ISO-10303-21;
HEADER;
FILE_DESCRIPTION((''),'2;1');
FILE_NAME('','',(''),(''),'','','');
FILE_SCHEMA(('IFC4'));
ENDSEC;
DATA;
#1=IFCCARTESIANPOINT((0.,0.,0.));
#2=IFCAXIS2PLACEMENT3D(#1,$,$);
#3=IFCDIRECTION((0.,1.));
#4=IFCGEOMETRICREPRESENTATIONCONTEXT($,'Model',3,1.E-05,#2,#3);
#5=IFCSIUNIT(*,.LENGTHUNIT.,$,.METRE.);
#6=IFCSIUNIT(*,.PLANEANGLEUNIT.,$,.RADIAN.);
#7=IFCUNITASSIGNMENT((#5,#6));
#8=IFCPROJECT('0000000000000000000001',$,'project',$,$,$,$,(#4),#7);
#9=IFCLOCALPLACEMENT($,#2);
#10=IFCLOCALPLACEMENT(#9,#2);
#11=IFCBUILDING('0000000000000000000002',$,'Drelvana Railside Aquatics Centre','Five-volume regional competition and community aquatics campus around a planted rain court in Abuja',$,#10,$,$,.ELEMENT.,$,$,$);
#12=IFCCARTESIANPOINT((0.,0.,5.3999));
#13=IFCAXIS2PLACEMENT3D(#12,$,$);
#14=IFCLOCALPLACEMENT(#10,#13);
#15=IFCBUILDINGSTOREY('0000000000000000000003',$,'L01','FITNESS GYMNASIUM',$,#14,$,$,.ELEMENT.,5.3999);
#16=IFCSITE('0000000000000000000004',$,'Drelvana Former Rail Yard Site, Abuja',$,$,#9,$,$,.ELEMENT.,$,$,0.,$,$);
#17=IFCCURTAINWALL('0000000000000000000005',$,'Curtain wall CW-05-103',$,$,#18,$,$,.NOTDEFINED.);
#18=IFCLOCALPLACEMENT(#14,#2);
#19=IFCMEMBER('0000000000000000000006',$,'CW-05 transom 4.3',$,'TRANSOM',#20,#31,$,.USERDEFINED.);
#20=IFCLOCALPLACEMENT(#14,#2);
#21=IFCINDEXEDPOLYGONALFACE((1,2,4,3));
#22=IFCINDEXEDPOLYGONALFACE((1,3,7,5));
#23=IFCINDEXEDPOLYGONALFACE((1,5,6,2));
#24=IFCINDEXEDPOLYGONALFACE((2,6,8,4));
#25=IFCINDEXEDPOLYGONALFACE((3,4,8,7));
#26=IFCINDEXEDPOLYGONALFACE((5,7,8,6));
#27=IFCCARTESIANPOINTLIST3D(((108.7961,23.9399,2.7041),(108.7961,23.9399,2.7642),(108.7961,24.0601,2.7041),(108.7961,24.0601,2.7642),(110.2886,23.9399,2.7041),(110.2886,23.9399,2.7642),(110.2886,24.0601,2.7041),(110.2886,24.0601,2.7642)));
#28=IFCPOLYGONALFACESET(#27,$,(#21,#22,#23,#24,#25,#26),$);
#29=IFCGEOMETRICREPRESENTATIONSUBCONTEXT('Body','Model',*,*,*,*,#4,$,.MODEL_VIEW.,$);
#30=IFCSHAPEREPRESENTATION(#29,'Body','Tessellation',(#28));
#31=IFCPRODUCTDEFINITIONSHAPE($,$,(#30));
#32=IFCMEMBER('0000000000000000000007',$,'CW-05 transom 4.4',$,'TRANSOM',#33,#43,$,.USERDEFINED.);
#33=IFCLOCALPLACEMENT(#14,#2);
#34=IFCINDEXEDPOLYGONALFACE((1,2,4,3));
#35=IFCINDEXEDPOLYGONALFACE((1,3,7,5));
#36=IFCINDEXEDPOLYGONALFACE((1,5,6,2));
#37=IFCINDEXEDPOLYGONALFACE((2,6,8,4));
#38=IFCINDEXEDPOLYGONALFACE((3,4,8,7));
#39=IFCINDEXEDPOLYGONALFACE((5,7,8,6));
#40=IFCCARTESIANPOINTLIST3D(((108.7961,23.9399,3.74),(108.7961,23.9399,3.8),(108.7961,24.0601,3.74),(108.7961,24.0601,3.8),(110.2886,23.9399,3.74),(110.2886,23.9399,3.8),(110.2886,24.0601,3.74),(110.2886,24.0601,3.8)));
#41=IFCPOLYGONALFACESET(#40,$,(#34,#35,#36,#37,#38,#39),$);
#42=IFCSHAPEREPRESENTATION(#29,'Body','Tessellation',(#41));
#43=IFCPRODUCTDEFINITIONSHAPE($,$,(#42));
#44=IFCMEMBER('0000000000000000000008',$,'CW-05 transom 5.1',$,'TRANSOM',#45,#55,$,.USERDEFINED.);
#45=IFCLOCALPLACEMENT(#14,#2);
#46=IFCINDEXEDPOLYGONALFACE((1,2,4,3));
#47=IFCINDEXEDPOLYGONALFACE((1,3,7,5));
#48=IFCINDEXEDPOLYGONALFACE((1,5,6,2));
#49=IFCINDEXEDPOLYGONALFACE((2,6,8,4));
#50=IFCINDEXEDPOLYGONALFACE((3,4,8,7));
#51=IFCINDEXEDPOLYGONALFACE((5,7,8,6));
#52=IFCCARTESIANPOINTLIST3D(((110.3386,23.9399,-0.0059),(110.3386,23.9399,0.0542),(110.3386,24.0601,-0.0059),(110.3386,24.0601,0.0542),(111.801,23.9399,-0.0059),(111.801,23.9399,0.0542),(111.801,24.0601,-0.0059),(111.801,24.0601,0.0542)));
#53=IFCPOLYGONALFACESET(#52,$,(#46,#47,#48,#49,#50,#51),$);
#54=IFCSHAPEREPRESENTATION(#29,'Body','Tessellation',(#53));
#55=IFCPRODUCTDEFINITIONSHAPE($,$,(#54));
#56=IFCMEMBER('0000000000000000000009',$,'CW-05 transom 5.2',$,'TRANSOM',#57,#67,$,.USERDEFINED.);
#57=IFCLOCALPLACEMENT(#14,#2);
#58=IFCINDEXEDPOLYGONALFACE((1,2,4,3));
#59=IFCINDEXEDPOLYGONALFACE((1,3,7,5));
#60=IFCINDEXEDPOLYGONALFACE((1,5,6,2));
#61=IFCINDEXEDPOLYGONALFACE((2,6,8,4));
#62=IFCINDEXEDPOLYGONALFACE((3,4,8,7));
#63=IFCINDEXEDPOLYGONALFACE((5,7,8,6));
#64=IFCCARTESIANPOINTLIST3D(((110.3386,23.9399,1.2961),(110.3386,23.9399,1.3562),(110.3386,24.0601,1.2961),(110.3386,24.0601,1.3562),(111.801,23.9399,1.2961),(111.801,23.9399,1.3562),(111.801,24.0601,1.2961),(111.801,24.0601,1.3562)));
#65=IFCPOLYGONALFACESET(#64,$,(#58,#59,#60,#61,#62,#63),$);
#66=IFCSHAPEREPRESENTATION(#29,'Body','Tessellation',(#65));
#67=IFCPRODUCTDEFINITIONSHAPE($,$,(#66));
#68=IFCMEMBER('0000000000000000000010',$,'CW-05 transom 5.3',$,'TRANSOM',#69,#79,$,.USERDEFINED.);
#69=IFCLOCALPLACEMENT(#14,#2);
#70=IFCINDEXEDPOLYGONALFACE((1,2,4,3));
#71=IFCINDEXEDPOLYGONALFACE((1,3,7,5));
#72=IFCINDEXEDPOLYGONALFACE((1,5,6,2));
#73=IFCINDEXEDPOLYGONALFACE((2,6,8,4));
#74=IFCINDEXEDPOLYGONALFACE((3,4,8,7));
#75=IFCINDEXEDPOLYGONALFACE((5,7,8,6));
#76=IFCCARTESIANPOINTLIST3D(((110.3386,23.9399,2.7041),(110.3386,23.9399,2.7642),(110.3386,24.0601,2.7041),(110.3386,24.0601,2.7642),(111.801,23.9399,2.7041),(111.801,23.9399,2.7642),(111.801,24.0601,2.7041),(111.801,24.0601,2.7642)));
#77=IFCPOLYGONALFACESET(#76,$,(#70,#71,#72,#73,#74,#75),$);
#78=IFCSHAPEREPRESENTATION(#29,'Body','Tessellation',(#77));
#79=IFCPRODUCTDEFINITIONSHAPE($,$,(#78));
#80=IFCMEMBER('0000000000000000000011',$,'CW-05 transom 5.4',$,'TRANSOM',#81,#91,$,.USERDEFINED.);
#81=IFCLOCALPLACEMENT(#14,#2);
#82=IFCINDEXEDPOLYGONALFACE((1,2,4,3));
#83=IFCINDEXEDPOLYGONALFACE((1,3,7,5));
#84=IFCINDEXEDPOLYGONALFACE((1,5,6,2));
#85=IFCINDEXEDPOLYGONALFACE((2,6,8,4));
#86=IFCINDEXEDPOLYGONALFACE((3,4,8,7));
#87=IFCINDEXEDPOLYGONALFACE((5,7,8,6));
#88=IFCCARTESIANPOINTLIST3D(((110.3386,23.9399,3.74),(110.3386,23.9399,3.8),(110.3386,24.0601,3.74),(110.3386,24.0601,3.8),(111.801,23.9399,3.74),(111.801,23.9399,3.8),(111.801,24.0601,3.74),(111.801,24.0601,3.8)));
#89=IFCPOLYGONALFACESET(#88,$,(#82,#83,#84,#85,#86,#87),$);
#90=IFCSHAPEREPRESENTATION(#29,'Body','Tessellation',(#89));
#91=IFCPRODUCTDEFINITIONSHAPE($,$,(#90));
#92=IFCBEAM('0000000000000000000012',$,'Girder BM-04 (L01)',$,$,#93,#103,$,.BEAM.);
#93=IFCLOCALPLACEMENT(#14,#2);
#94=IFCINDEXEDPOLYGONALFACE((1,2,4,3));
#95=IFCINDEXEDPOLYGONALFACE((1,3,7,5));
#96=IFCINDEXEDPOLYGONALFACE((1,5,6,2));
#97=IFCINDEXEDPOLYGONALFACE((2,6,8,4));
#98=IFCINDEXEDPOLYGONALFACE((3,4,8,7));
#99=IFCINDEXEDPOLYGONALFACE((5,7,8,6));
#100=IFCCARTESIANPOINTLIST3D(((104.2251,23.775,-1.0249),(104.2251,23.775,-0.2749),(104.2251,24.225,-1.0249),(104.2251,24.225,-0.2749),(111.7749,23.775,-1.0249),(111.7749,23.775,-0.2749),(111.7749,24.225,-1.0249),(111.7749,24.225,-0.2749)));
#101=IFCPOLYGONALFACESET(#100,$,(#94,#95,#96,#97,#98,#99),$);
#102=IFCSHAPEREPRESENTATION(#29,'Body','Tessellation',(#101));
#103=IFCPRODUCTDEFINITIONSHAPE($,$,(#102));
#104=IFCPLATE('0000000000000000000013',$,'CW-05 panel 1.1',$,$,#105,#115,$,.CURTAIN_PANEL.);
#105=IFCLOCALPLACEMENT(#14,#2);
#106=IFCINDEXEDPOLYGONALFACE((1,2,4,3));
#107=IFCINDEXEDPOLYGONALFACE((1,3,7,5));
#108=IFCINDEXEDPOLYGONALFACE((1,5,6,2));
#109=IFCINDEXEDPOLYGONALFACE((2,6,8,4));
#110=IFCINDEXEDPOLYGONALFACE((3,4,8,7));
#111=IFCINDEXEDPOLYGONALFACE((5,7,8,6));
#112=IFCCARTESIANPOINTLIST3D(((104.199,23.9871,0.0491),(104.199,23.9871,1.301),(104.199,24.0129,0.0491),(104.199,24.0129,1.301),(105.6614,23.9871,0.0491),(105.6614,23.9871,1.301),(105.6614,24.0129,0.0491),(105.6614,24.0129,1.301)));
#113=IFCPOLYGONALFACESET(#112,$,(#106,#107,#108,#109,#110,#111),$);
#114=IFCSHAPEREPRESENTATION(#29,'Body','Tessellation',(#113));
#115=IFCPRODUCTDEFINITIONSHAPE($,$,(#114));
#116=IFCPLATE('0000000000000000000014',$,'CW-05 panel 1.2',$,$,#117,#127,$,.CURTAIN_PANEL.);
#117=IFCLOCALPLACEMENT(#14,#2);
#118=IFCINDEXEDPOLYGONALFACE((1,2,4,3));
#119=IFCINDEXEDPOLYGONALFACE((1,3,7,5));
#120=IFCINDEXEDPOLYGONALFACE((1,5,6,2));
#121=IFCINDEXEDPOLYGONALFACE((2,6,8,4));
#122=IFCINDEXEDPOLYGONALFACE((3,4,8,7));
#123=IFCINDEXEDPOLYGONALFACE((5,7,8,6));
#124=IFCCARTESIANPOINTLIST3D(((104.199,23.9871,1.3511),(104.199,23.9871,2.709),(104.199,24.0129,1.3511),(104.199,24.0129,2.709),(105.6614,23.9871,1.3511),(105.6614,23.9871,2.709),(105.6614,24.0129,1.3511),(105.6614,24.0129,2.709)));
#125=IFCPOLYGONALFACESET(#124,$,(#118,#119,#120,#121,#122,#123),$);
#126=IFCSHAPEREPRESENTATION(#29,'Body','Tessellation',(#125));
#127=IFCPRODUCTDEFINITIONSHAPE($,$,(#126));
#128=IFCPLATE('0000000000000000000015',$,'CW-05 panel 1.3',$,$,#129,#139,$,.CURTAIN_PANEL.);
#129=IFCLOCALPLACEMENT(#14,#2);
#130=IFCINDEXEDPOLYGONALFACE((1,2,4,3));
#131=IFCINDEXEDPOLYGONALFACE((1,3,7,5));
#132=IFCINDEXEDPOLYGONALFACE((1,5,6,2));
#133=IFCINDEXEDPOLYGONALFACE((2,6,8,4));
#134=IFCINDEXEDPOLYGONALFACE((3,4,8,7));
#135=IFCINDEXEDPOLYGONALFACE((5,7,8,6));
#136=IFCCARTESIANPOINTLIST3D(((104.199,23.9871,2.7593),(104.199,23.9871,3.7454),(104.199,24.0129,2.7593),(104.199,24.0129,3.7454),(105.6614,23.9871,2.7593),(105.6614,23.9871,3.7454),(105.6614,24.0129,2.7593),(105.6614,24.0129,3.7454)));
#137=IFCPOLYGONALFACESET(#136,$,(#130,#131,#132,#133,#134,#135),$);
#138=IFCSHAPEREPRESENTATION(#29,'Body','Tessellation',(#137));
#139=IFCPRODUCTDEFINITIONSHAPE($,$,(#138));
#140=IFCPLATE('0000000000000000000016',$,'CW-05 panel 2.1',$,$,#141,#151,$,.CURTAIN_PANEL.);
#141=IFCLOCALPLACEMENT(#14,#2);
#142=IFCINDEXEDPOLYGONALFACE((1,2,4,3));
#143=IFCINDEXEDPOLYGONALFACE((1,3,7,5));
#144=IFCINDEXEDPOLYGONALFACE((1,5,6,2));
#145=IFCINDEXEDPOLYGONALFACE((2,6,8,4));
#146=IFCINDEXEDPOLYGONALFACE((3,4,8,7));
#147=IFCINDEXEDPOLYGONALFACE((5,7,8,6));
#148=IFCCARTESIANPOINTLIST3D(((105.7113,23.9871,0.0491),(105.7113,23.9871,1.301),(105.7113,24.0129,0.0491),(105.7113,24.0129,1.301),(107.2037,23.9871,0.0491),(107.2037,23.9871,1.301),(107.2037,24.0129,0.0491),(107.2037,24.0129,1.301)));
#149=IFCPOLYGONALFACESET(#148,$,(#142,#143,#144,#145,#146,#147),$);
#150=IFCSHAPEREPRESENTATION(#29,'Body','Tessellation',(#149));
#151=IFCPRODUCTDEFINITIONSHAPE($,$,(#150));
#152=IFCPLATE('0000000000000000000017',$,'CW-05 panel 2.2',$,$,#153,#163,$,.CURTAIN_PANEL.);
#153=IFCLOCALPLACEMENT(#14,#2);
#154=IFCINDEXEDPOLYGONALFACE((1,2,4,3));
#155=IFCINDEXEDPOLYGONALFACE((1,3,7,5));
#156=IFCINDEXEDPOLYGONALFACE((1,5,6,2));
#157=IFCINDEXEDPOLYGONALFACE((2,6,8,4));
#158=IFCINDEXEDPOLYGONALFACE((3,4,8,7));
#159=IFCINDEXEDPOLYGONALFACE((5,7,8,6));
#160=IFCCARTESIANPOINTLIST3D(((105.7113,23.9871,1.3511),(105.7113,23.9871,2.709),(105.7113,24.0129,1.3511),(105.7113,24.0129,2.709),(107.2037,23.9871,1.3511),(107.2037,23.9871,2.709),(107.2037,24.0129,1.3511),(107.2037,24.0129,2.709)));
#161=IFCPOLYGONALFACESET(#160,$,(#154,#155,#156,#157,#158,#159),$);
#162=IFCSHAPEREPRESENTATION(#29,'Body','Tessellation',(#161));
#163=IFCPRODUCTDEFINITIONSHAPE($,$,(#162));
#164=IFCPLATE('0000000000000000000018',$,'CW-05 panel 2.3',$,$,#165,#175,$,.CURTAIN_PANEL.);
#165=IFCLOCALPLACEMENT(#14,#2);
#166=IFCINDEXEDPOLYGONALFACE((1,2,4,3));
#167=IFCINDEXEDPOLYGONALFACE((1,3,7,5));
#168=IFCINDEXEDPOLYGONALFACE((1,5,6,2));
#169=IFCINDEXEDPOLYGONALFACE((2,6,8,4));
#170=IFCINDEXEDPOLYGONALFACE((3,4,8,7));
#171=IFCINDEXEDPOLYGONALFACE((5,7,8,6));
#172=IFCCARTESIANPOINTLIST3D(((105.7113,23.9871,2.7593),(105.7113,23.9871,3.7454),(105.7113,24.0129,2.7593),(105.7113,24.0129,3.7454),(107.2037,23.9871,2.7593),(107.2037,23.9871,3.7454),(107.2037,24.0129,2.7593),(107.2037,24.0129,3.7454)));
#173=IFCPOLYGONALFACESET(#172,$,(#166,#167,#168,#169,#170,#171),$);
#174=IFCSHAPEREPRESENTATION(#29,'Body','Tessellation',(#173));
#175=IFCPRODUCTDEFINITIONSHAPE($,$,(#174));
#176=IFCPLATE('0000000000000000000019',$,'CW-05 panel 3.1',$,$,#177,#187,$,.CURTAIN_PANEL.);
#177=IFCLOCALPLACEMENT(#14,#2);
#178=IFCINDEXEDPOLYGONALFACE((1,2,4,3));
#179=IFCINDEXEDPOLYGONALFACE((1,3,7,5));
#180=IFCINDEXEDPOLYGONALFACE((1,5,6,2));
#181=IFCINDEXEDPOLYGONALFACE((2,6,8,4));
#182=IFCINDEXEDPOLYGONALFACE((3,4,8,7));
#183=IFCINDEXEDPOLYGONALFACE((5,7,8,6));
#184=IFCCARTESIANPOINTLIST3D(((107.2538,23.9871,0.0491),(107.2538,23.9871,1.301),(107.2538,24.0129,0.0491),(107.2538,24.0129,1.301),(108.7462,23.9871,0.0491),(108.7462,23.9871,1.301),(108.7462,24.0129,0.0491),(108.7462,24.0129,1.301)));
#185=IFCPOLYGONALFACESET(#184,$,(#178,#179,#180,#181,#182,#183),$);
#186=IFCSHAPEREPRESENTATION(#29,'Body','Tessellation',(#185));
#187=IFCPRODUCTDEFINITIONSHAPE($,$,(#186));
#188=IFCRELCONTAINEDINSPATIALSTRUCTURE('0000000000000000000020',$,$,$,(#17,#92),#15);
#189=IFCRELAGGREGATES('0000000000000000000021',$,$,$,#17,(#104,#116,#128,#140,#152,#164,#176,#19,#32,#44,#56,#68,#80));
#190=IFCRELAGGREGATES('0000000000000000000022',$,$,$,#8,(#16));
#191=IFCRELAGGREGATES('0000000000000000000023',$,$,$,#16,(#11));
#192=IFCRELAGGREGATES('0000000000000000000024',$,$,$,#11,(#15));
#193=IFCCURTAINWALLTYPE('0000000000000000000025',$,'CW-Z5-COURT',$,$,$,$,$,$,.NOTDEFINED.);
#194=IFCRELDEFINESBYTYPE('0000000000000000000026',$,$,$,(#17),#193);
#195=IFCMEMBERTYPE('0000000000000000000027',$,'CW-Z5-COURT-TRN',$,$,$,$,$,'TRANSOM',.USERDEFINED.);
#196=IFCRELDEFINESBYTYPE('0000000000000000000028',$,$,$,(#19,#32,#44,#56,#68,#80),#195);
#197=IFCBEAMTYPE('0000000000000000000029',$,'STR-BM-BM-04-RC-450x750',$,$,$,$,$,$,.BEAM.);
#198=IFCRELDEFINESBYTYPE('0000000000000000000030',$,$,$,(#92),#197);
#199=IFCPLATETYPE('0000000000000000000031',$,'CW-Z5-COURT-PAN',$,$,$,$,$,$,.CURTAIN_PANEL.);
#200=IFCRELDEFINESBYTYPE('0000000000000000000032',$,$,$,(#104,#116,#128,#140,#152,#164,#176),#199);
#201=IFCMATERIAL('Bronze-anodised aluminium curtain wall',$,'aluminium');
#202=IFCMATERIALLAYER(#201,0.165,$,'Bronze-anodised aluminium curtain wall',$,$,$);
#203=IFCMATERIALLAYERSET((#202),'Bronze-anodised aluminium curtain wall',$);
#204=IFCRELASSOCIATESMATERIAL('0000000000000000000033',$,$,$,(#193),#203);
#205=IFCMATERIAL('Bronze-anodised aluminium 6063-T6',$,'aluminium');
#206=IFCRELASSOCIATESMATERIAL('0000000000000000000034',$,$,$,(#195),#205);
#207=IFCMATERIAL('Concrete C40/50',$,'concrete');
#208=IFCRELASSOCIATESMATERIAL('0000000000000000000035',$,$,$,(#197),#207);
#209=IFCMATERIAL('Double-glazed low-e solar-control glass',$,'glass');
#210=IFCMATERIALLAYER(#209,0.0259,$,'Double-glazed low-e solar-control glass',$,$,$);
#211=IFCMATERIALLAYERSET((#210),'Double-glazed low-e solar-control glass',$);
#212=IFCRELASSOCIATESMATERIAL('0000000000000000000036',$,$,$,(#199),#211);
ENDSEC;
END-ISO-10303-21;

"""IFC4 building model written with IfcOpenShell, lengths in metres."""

from ifc_helpers import new_model, si_unit, direction, frame, origin, origin_2d, place, context, subcontext, project, spatial, rectangle, extrude, material, layer, layer_set, material_profile, profile_set, type_object, element, aggregate, save


model = new_model("IFC4")

# Units and contexts
model_context = context("Model", 3, precision=1e-05, world=origin(), true_north=direction((0.0, 1.0)))
body_context = subcontext(model_context, "Body", "Model", "MODEL_VIEW")
ifc_project = project(units=[si_unit("LENGTHUNIT", "METRE"), si_unit("PLANEANGLEUNIT", "RADIAN")], contexts=[model_context])

# Site, building, storey
site_placement = place(None, origin())
site = spatial("IfcSite", under=ifc_project, at=site_placement, Name="Drelvana Former Rail Yard Site, Abuja", CompositionType="ELEMENT", RefElevation=0.0)
building_placement = place(site_placement, origin())
building = spatial("IfcBuilding", under=site, at=building_placement, Name="Drelvana Railside Aquatics Centre", Description="Five-volume regional competition and community aquatics campus around a planted rain court in Abuja", CompositionType="ELEMENT")
storey_placement = place(building_placement, frame((0.0, 0.0, 5.3999)))
storey = spatial("IfcBuildingStorey", under=building, at=storey_placement, Name="L01", Description="FITNESS GYMNASIUM", CompositionType="ELEMENT", Elevation=5.3999)

# Curtain wall, members
ifc_material_1 = material(Name="Bronze-anodised aluminium curtain wall", Category="aluminium")
ifc_layer_1 = layer(ifc_material_1, 0.165, Name="Bronze-anodised aluminium curtain wall")
ifc_layer_set_1 = layer_set([ifc_layer_1], Name="Bronze-anodised aluminium curtain wall")
curtain_wall_type = type_object("IfcCurtainWallType", Name="CW-Z5-COURT", PredefinedType="NOTDEFINED", material=ifc_layer_set_1)
curtain_wall_placement = place(storey_placement, origin())
curtain_wall = element("IfcCurtainWall", 1, at=curtain_wall_placement, inside=storey, type_object=curtain_wall_type, Name="Curtain wall CW-05-103", PredefinedType="NOTDEFINED")
ifc_material_2 = material(Name="Bronze-anodised aluminium 6063-T6", Category="aluminium")
ifc_material_profile_1 = material_profile(ifc_material_2, rectangle(XDim=0.1201, YDim=0.0601, at=origin_2d()), Name="ALU-T 60x120")
ifc_profile_set_1 = profile_set([ifc_material_profile_1], Name="Bronze-anodised aluminium 6063-T6")
member_type_1 = type_object("IfcMemberType", Name="CW-Z5-COURT-TRN", ElementType="TRANSOM", PredefinedType="USERDEFINED", material=ifc_profile_set_1)
member_1_placement = place(storey_placement, frame((108.7961, 24.0, 2.7341), z_axis=(1.0, 0.0, 0.0), x_axis=(0.0, 1.0, 0.0)))
member_1 = element("IfcMember", 2, at=member_1_placement, type_object=member_type_1, Name="CW-05 transom 4.3", ObjectType="TRANSOM", PredefinedType="USERDEFINED", context=body_context, shape_type="SweptSolid", body=[
    extrude(rectangle(XDim=0.1201, YDim=0.0601, at=origin_2d()), origin(), (0.0, 0.0, 1.0), 1.4924),
])
member_2_placement = place(storey_placement, frame((108.7961, 24.0, 3.77), z_axis=(1.0, 0.0, 0.0), x_axis=(0.0, 1.0, 0.0)))
member_2 = element("IfcMember", 3, at=member_2_placement, type_object=member_type_1, Name="CW-05 transom 4.4", ObjectType="TRANSOM", PredefinedType="USERDEFINED", context=body_context, shape_type="SweptSolid", body=[
    extrude(rectangle(XDim=0.1201, YDim=0.0601, at=origin_2d()), origin(), (0.0, 0.0, 1.0), 1.4924),
])
member_3_placement = place(storey_placement, frame((110.3386, 24.0, 0.0242), z_axis=(1.0, 0.0, 0.0), x_axis=(0.0, 1.0, 0.0)))
member_3 = element("IfcMember", 4, at=member_3_placement, type_object=member_type_1, Name="CW-05 transom 5.1", ObjectType="TRANSOM", PredefinedType="USERDEFINED", context=body_context, shape_type="SweptSolid", body=[
    extrude(rectangle(XDim=0.1201, YDim=0.0601, at=origin_2d()), origin(), (0.0, 0.0, 1.0), 1.4624),
])
member_4_placement = place(storey_placement, frame((110.3386, 24.0, 1.3262), z_axis=(1.0, 0.0, 0.0), x_axis=(0.0, 1.0, 0.0)))
member_4 = element("IfcMember", 5, at=member_4_placement, type_object=member_type_1, Name="CW-05 transom 5.2", ObjectType="TRANSOM", PredefinedType="USERDEFINED", context=body_context, shape_type="SweptSolid", body=[
    extrude(rectangle(XDim=0.1201, YDim=0.0601, at=origin_2d()), origin(), (0.0, 0.0, 1.0), 1.4624),
])
member_5_placement = place(storey_placement, frame((110.3386, 24.0, 2.7341), z_axis=(1.0, 0.0, 0.0), x_axis=(0.0, 1.0, 0.0)))
member_5 = element("IfcMember", 6, at=member_5_placement, type_object=member_type_1, Name="CW-05 transom 5.3", ObjectType="TRANSOM", PredefinedType="USERDEFINED", context=body_context, shape_type="SweptSolid", body=[
    extrude(rectangle(XDim=0.1201, YDim=0.0601, at=origin_2d()), origin(), (0.0, 0.0, 1.0), 1.4624),
])
member_6_placement = place(storey_placement, frame((110.3386, 24.0, 3.77), z_axis=(1.0, 0.0, 0.0), x_axis=(0.0, 1.0, 0.0)))
member_6 = element("IfcMember", 7, at=member_6_placement, type_object=member_type_1, Name="CW-05 transom 5.4", ObjectType="TRANSOM", PredefinedType="USERDEFINED", context=body_context, shape_type="SweptSolid", body=[
    extrude(rectangle(XDim=0.1201, YDim=0.0601, at=origin_2d()), origin(), (0.0, 0.0, 1.0), 1.4624),
])

# Beam
ifc_material_3 = material(Name="Concrete C40/50", Category="concrete")
ifc_material_profile_2 = material_profile(ifc_material_3, rectangle(XDim=0.45, YDim=0.75, at=origin_2d()), Name="RC 450x750")
ifc_profile_set_2 = profile_set([ifc_material_profile_2], Name="Concrete C40/50")
beam_type = type_object("IfcBeamType", Name="STR-BM-BM-04-RC-450x750", PredefinedType="BEAM", material=ifc_profile_set_2)
beam_placement = place(storey_placement, frame((104.2251, 24.0, -0.6499), z_axis=(1.0, 0.0, 0.0), x_axis=(0.0, 1.0, 0.0)))
element("IfcBeam", 8, at=beam_placement, inside=storey, type_object=beam_type, Name="Girder BM-04 (L01)", PredefinedType="BEAM", context=body_context, shape_type="SweptSolid", body=[
    extrude(rectangle(XDim=0.45, YDim=0.75, at=origin_2d()), origin(), (0.0, 0.0, 1.0), 7.5498),
])

# Plates
ifc_material_4 = material(Name="Double-glazed low-e solar-control glass", Category="glass")
ifc_layer_2 = layer(ifc_material_4, 0.0259, Name="Double-glazed low-e solar-control glass")
ifc_layer_set_2 = layer_set([ifc_layer_2], Name="Double-glazed low-e solar-control glass")
plate_type = type_object("IfcPlateType", Name="CW-Z5-COURT-PAN", PredefinedType="CURTAIN_PANEL", material=ifc_layer_set_2)
plate_1_placement = place(storey_placement, frame((104.9302, 24.0, 0.0491), z_axis=(0.0, 0.0, 1.0), x_axis=(1.0, 0.0, 0.0)))
plate_1 = element("IfcPlate", 9, at=plate_1_placement, type_object=plate_type, Name="CW-05 panel 1.1", PredefinedType="CURTAIN_PANEL", context=body_context, shape_type="SweptSolid", body=[
    extrude(rectangle(XDim=1.4624, YDim=0.0259, at=origin_2d()), origin(), (0.0, 0.0, 1.0), 1.252),
])
plate_2_placement = place(storey_placement, frame((104.9302, 24.0, 1.3511), z_axis=(0.0, 0.0, 1.0), x_axis=(1.0, 0.0, 0.0)))
plate_2 = element("IfcPlate", 10, at=plate_2_placement, type_object=plate_type, Name="CW-05 panel 1.2", PredefinedType="CURTAIN_PANEL", context=body_context, shape_type="SweptSolid", body=[
    extrude(rectangle(XDim=1.4624, YDim=0.0259, at=origin_2d()), origin(), (0.0, 0.0, 1.0), 1.3579),
])
plate_3_placement = place(storey_placement, frame((104.9302, 24.0, 2.7593), z_axis=(0.0, 0.0, 1.0), x_axis=(1.0, 0.0, 0.0)))
plate_3 = element("IfcPlate", 11, at=plate_3_placement, type_object=plate_type, Name="CW-05 panel 1.3", PredefinedType="CURTAIN_PANEL", context=body_context, shape_type="SweptSolid", body=[
    extrude(rectangle(XDim=1.4624, YDim=0.0259, at=origin_2d()), origin(), (0.0, 0.0, 1.0), 0.9861),
])
plate_4_placement = place(storey_placement, frame((106.4575, 24.0, 0.0491), z_axis=(0.0, 0.0, 1.0), x_axis=(1.0, 0.0, 0.0)))
plate_4 = element("IfcPlate", 12, at=plate_4_placement, type_object=plate_type, Name="CW-05 panel 2.1", PredefinedType="CURTAIN_PANEL", context=body_context, shape_type="SweptSolid", body=[
    extrude(rectangle(XDim=1.4924, YDim=0.0259, at=origin_2d()), origin(), (0.0, 0.0, 1.0), 1.252),
])
plate_5_placement = place(storey_placement, frame((106.4575, 24.0, 1.3511), z_axis=(0.0, 0.0, 1.0), x_axis=(1.0, 0.0, 0.0)))
plate_5 = element("IfcPlate", 13, at=plate_5_placement, type_object=plate_type, Name="CW-05 panel 2.2", PredefinedType="CURTAIN_PANEL", context=body_context, shape_type="SweptSolid", body=[
    extrude(rectangle(XDim=1.4924, YDim=0.0259, at=origin_2d()), origin(), (0.0, 0.0, 1.0), 1.3579),
])
plate_6_placement = place(storey_placement, frame((106.4575, 24.0, 2.7593), z_axis=(0.0, 0.0, 1.0), x_axis=(1.0, 0.0, 0.0)))
plate_6 = element("IfcPlate", 14, at=plate_6_placement, type_object=plate_type, Name="CW-05 panel 2.3", PredefinedType="CURTAIN_PANEL", context=body_context, shape_type="SweptSolid", body=[
    extrude(rectangle(XDim=1.4924, YDim=0.0259, at=origin_2d()), origin(), (0.0, 0.0, 1.0), 0.9861),
])
plate_7_placement = place(storey_placement, frame((108.0, 24.0, 0.0491), z_axis=(0.0, 0.0, 1.0), x_axis=(1.0, 0.0, 0.0)))
plate_7 = element("IfcPlate", 15, at=plate_7_placement, type_object=plate_type, Name="CW-05 panel 3.1", PredefinedType="CURTAIN_PANEL", context=body_context, shape_type="SweptSolid", body=[
    extrude(rectangle(XDim=1.4924, YDim=0.0259, at=origin_2d()), origin(), (0.0, 0.0, 1.0), 1.252),
])
aggregate(curtain_wall, [plate_1, plate_2, plate_3, plate_4, plate_5, plate_6, plate_7, member_1, member_2, member_3, member_4, member_5, member_6])

save(model, "model.ifc")
